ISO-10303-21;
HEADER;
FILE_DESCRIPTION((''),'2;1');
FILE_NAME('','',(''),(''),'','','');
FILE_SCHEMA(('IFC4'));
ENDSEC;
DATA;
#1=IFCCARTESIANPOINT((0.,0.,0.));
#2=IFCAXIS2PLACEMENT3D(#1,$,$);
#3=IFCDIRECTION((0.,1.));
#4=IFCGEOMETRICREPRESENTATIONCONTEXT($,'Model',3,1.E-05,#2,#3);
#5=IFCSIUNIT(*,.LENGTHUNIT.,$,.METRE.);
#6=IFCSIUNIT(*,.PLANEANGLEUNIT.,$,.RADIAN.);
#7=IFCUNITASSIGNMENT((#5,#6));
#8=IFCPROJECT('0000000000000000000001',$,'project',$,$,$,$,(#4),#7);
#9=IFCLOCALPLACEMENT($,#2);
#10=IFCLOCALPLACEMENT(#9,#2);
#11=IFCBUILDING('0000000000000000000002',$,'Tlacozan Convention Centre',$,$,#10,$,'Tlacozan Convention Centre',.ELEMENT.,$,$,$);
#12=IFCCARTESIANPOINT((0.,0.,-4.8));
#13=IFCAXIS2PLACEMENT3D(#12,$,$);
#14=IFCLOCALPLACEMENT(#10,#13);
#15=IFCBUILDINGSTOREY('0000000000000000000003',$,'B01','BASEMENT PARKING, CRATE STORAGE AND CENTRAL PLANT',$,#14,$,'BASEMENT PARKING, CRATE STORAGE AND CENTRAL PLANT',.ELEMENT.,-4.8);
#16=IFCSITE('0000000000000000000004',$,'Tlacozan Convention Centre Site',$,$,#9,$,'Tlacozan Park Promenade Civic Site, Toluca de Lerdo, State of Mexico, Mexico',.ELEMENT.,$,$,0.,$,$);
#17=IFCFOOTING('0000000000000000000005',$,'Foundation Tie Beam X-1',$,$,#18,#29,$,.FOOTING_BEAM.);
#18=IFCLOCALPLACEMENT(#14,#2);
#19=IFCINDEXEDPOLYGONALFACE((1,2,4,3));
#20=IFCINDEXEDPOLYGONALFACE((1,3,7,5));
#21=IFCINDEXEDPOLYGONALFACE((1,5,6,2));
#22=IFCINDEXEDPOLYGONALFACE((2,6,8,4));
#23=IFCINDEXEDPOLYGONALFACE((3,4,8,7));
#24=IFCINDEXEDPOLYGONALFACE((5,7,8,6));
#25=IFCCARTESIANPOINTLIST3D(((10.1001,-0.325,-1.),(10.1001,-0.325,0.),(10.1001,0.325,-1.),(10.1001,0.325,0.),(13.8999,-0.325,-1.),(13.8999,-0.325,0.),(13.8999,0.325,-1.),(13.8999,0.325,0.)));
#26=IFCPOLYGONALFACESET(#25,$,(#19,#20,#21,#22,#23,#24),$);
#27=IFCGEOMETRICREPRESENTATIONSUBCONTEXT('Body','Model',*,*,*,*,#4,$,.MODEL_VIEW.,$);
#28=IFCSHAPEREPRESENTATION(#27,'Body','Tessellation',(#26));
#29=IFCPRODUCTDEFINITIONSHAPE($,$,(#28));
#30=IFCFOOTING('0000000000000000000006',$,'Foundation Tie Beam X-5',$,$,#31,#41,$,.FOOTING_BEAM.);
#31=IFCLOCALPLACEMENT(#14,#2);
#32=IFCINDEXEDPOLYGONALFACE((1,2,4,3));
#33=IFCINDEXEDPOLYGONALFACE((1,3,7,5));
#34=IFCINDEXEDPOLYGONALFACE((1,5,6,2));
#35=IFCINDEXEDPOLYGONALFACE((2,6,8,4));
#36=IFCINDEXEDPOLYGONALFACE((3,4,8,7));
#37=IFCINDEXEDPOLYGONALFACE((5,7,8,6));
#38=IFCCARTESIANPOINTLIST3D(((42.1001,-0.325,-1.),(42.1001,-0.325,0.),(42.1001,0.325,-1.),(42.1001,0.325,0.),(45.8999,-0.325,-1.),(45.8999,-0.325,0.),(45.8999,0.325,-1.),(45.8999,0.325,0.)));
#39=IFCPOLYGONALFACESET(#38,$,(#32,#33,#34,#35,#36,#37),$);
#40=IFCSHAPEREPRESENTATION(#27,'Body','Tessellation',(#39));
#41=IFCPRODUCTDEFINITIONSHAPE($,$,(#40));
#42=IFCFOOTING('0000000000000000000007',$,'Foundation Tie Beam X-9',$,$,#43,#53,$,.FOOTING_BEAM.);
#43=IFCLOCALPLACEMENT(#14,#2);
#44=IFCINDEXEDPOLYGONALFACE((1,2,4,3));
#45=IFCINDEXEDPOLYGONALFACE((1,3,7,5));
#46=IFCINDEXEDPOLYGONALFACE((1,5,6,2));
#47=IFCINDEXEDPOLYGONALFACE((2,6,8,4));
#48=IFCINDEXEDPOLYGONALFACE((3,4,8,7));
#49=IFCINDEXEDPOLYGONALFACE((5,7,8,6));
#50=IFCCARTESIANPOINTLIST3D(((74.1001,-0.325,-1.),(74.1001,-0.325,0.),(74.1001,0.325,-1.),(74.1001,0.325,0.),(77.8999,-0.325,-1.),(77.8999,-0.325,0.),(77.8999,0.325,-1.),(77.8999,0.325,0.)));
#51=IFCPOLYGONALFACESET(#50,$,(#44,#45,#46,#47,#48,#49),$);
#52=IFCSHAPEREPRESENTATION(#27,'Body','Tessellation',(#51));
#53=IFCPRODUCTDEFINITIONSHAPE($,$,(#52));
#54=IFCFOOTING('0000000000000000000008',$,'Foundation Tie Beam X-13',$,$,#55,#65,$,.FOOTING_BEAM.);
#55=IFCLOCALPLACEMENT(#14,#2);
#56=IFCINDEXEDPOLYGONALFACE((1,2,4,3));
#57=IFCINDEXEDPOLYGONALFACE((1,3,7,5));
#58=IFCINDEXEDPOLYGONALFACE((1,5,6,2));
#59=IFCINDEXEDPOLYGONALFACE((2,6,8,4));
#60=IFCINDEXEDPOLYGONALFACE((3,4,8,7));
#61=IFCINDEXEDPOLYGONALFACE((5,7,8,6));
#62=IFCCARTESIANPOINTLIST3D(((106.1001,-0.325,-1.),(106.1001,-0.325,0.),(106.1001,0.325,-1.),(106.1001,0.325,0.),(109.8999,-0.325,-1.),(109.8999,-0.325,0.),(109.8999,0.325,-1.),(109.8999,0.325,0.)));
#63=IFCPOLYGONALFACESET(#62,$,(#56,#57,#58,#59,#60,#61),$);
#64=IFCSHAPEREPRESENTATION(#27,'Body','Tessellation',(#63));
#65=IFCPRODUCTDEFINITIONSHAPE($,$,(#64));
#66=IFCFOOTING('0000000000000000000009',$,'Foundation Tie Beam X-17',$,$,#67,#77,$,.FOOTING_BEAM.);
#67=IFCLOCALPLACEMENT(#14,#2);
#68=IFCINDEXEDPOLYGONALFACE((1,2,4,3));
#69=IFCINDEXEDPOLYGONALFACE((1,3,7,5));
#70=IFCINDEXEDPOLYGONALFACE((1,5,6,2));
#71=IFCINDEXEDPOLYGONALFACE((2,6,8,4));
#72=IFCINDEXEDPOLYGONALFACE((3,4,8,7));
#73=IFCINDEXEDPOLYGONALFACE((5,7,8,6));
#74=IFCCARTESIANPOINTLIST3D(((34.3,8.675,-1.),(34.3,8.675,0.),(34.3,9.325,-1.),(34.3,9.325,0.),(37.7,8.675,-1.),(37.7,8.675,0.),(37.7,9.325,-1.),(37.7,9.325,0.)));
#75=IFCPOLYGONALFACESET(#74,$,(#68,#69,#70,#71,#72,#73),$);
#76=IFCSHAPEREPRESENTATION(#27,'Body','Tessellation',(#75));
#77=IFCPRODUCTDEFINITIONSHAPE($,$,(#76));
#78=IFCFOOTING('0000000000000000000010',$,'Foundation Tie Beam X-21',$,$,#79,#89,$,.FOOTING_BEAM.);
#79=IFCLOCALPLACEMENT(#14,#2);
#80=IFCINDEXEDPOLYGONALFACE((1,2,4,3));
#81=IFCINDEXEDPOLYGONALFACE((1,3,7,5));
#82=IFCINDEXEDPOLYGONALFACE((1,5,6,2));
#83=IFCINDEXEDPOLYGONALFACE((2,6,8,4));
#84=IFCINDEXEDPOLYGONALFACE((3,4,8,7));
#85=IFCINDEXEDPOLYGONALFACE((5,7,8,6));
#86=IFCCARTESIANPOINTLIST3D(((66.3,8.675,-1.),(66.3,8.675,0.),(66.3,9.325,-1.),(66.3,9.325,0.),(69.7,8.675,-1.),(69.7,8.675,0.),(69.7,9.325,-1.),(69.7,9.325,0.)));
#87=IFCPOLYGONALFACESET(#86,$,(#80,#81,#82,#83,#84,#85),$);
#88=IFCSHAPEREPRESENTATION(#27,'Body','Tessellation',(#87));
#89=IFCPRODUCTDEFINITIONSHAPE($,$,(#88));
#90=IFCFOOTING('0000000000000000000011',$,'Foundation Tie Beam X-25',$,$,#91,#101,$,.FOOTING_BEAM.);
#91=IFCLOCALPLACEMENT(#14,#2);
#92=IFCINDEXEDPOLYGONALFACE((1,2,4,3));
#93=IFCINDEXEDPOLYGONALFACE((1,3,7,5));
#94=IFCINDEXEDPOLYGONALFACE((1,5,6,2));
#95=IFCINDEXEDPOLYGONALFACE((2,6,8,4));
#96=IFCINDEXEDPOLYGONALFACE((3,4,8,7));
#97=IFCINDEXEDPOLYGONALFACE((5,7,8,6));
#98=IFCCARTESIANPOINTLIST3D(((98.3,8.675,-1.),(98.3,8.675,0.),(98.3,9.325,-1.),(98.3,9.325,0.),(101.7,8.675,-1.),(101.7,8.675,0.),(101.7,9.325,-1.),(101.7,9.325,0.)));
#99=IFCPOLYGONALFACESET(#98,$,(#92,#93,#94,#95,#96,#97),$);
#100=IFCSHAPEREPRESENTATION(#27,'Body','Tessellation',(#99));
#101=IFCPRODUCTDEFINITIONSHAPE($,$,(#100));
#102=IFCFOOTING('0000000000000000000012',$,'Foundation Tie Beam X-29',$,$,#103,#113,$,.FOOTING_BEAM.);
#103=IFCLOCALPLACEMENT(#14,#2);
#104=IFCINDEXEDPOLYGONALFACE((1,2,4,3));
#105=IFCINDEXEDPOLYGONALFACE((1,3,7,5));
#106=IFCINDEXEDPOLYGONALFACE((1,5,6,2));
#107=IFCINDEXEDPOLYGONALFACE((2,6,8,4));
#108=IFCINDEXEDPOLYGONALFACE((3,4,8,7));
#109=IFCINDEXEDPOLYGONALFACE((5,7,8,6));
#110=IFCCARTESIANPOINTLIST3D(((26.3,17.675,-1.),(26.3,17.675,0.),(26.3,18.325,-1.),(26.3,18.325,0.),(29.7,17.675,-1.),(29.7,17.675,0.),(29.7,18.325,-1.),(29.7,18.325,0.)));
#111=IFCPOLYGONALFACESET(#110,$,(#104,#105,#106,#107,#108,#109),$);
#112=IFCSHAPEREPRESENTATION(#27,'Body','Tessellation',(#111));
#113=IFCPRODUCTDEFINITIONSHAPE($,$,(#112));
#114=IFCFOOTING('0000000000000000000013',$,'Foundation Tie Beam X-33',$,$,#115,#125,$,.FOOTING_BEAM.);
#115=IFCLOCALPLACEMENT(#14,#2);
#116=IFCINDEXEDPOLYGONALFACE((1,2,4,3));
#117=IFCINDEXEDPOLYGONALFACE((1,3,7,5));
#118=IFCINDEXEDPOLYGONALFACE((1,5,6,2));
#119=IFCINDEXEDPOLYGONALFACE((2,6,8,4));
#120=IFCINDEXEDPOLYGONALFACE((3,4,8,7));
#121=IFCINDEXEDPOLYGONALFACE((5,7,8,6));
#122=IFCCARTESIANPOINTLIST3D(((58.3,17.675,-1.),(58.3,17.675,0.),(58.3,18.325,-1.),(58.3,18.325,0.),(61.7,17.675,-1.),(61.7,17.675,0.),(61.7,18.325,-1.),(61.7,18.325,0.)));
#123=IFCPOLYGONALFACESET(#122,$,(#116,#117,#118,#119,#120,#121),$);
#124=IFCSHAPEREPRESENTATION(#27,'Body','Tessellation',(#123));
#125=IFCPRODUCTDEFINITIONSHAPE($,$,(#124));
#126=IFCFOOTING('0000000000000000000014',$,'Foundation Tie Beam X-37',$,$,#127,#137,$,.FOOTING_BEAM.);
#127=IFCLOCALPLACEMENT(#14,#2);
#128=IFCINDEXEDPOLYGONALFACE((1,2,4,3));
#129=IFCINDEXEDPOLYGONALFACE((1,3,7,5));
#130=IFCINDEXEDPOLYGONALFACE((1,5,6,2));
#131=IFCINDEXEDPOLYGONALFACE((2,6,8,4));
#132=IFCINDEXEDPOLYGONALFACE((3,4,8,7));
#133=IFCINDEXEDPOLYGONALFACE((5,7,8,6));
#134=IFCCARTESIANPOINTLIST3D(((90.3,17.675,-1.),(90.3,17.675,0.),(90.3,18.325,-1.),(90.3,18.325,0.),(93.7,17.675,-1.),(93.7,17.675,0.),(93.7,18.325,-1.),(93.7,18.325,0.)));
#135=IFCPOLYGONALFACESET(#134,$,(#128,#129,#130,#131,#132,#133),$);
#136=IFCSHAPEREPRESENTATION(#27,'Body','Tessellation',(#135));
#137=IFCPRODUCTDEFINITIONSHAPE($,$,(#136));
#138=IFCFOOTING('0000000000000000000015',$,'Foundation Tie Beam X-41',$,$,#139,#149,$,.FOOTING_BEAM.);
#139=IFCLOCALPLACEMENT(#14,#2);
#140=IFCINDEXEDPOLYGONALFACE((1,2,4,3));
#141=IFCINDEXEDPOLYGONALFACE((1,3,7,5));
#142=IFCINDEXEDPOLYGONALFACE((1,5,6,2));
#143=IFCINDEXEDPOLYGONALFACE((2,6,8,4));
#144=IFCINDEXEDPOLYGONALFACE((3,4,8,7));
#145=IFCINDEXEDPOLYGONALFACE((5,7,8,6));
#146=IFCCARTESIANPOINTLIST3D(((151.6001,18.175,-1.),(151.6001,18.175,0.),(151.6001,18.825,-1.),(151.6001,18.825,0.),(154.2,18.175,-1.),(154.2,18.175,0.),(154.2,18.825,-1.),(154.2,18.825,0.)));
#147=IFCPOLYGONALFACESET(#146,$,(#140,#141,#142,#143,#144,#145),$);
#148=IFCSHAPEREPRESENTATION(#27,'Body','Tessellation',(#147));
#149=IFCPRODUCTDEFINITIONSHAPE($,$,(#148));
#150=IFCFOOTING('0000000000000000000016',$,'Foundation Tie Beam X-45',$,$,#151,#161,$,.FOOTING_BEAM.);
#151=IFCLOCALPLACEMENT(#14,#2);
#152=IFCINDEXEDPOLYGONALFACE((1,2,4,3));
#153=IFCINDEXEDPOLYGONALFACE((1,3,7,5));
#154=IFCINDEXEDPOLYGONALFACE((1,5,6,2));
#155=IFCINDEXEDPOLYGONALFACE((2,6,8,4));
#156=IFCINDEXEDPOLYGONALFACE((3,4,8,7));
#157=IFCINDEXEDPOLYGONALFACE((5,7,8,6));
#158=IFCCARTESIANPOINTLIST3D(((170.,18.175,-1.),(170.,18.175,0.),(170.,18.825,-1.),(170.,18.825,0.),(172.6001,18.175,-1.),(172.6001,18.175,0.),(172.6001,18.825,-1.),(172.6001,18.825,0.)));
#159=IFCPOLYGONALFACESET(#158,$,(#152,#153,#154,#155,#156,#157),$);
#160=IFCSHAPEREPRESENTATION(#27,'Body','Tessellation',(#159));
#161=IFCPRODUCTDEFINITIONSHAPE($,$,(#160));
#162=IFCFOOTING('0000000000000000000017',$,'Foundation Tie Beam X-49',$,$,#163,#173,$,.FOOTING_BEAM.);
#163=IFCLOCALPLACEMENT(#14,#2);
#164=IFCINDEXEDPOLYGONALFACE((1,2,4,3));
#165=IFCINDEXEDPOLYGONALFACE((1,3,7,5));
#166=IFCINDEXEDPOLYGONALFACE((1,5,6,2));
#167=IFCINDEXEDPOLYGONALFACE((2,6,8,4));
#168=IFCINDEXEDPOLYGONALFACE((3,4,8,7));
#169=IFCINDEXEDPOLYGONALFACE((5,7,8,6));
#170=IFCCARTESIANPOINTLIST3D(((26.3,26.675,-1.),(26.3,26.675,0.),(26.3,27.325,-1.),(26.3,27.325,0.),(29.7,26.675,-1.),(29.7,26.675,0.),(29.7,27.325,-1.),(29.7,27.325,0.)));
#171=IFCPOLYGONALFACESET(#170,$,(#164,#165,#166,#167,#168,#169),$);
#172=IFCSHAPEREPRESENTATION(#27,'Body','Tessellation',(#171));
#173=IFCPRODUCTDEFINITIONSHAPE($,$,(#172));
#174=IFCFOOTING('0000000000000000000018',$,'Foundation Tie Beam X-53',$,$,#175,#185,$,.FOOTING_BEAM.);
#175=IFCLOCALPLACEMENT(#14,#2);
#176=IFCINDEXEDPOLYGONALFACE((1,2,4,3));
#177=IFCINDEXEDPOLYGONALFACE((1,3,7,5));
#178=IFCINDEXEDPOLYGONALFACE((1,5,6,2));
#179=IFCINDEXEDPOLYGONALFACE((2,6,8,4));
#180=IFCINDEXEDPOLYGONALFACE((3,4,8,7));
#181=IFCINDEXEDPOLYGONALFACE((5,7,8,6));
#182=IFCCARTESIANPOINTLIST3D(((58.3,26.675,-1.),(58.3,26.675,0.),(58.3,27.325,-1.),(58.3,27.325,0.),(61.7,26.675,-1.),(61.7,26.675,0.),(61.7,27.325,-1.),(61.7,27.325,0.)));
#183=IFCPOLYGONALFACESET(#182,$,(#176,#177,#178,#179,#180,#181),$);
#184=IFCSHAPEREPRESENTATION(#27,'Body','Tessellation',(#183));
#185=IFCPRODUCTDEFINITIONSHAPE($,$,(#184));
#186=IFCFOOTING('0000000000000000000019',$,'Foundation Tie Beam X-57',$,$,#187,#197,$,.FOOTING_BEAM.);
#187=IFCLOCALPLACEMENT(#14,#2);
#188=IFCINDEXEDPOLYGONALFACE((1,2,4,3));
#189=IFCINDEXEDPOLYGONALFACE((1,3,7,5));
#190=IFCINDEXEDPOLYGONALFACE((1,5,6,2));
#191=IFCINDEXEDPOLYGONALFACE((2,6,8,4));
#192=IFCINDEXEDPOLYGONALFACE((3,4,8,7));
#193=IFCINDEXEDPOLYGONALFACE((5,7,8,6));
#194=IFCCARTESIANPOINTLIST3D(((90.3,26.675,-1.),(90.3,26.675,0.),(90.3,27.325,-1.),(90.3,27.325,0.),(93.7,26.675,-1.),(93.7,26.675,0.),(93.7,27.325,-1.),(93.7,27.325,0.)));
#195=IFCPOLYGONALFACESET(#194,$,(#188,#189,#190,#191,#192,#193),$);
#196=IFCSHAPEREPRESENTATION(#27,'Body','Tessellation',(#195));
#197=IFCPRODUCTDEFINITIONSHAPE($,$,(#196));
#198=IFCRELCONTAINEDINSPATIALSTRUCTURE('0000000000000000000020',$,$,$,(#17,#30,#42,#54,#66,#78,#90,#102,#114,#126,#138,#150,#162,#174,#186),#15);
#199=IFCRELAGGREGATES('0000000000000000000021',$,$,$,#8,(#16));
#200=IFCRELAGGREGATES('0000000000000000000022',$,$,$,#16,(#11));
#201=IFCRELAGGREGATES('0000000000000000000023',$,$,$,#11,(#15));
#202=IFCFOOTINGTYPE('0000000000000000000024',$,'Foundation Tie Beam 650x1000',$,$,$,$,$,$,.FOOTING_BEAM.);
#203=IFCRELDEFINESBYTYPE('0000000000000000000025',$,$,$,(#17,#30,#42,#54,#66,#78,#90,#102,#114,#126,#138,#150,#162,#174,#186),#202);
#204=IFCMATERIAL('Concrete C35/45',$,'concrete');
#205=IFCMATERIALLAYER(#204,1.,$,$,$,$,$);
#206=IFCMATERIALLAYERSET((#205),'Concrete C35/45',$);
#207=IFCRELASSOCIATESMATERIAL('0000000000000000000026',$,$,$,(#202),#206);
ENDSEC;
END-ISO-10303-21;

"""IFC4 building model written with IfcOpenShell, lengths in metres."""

from ifc_helpers import new_model, si_unit, direction, frame, origin, place, context, subcontext, project, spatial, polyline, outline, extrude, material, layer, layer_set, type_object, element, save


model = new_model("IFC4")

# Units and contexts
model_context = context("Model", 3, precision=1e-05, world=origin(), true_north=direction((0.0, 1.0)))
body_context = subcontext(model_context, "Body", "Model", "MODEL_VIEW")
ifc_project = project(units=[si_unit("LENGTHUNIT", "METRE"), si_unit("PLANEANGLEUNIT", "RADIAN")], contexts=[model_context])

# Site, building, storey
site_placement = place(None, origin())
site = spatial("IfcSite", under=ifc_project, at=site_placement, Name="Tlacozan Convention Centre Site", LongName="Tlacozan Park Promenade Civic Site, Toluca de Lerdo, State of Mexico, Mexico", CompositionType="ELEMENT", RefElevation=0.0)
building_placement = place(site_placement, origin())
building = spatial("IfcBuilding", under=site, at=building_placement, Name="Tlacozan Convention Centre", LongName="Tlacozan Convention Centre", CompositionType="ELEMENT")
storey_placement = place(building_placement, frame((0.0, 0.0, -4.8)))
storey = spatial("IfcBuildingStorey", under=building, at=storey_placement, Name="B01", Description="BASEMENT PARKING, CRATE STORAGE AND CENTRAL PLANT", LongName="BASEMENT PARKING, CRATE STORAGE AND CENTRAL PLANT", CompositionType="ELEMENT", Elevation=-4.8)

# Footings
ifc_material = material(Name="Concrete C35/45", Category="concrete")
ifc_layer = layer(ifc_material, 1.0)
ifc_layer_set = layer_set([ifc_layer], Name="Concrete C35/45")
footing_type = type_object("IfcFootingType", Name="Foundation Tie Beam 650x1000", PredefinedType="FOOTING_BEAM", material=ifc_layer_set)
footing_1_placement = place(storey_placement, frame((0.0, 0.0, -1.0)))
element("IfcFooting", 1, at=footing_1_placement, inside=storey, type_object=footing_type, Name="Foundation Tie Beam X-1", PredefinedType="FOOTING_BEAM", context=body_context, shape_type="SweptSolid", body=[
    extrude(outline(polyline([(10.1001, -0.325), (13.8999, -0.325), (13.8999, 0.325), (10.1001, 0.325), (10.1001, -0.325)])), origin(), (0.0, 0.0, 1.0), 1.0),
])
footing_2_placement = place(storey_placement, frame((0.0, 0.0, -1.0)))
element("IfcFooting", 2, at=footing_2_placement, inside=storey, type_object=footing_type, Name="Foundation Tie Beam X-5", PredefinedType="FOOTING_BEAM", context=body_context, shape_type="SweptSolid", body=[
    extrude(outline(polyline([(42.1001, -0.325), (45.8999, -0.325), (45.8999, 0.325), (42.1001, 0.325), (42.1001, -0.325)])), origin(), (0.0, 0.0, 1.0), 1.0),
])
footing_3_placement = place(storey_placement, frame((0.0, 0.0, -1.0)))
element("IfcFooting", 3, at=footing_3_placement, inside=storey, type_object=footing_type, Name="Foundation Tie Beam X-9", PredefinedType="FOOTING_BEAM", context=body_context, shape_type="SweptSolid", body=[
    extrude(outline(polyline([(74.1001, -0.325), (77.8999, -0.325), (77.8999, 0.325), (74.1001, 0.325), (74.1001, -0.325)])), origin(), (0.0, 0.0, 1.0), 1.0),
])
footing_4_placement = place(storey_placement, frame((0.0, 0.0, -1.0)))
element("IfcFooting", 4, at=footing_4_placement, inside=storey, type_object=footing_type, Name="Foundation Tie Beam X-13", PredefinedType="FOOTING_BEAM", context=body_context, shape_type="SweptSolid", body=[
    extrude(outline(polyline([(106.1001, -0.325), (109.8999, -0.325), (109.8999, 0.325), (106.1001, 0.325), (106.1001, -0.325)])), origin(), (0.0, 0.0, 1.0), 1.0),
])
footing_5_placement = place(storey_placement, frame((0.0, 0.0, -1.0)))
element("IfcFooting", 5, at=footing_5_placement, inside=storey, type_object=footing_type, Name="Foundation Tie Beam X-17", PredefinedType="FOOTING_BEAM", context=body_context, shape_type="SweptSolid", body=[
    extrude(outline(polyline([(34.3, 8.675), (37.7, 8.675), (37.7, 9.325), (34.3, 9.325), (34.3, 8.675)])), origin(), (0.0, 0.0, 1.0), 1.0),
])
footing_6_placement = place(storey_placement, frame((0.0, 0.0, -1.0)))
element("IfcFooting", 6, at=footing_6_placement, inside=storey, type_object=footing_type, Name="Foundation Tie Beam X-21", PredefinedType="FOOTING_BEAM", context=body_context, shape_type="SweptSolid", body=[
    extrude(outline(polyline([(66.3, 8.675), (69.7, 8.675), (69.7, 9.325), (66.3, 9.325), (66.3, 8.675)])), origin(), (0.0, 0.0, 1.0), 1.0),
])
footing_7_placement = place(storey_placement, frame((0.0, 0.0, -1.0)))
element("IfcFooting", 7, at=footing_7_placement, inside=storey, type_object=footing_type, Name="Foundation Tie Beam X-25", PredefinedType="FOOTING_BEAM", context=body_context, shape_type="SweptSolid", body=[
    extrude(outline(polyline([(98.3, 8.675), (101.7, 8.675), (101.7, 9.325), (98.3, 9.325), (98.3, 8.675)])), origin(), (0.0, 0.0, 1.0), 1.0),
])
footing_8_placement = place(storey_placement, frame((0.0, 0.0, -1.0)))
element("IfcFooting", 8, at=footing_8_placement, inside=storey, type_object=footing_type, Name="Foundation Tie Beam X-29", PredefinedType="FOOTING_BEAM", context=body_context, shape_type="SweptSolid", body=[
    extrude(outline(polyline([(26.3, 17.675), (29.7, 17.675), (29.7, 18.325), (26.3, 18.325), (26.3, 17.675)])), origin(), (0.0, 0.0, 1.0), 1.0),
])
footing_9_placement = place(storey_placement, frame((0.0, 0.0, -1.0)))
element("IfcFooting", 9, at=footing_9_placement, inside=storey, type_object=footing_type, Name="Foundation Tie Beam X-33", PredefinedType="FOOTING_BEAM", context=body_context, shape_type="SweptSolid", body=[
    extrude(outline(polyline([(58.3, 17.675), (61.7, 17.675), (61.7, 18.325), (58.3, 18.325), (58.3, 17.675)])), origin(), (0.0, 0.0, 1.0), 1.0),
])
footing_10_placement = place(storey_placement, frame((0.0, 0.0, -1.0)))
element("IfcFooting", 10, at=footing_10_placement, inside=storey, type_object=footing_type, Name="Foundation Tie Beam X-37", PredefinedType="FOOTING_BEAM", context=body_context, shape_type="SweptSolid", body=[
    extrude(outline(polyline([(90.3, 17.675), (93.7, 17.675), (93.7, 18.325), (90.3, 18.325), (90.3, 17.675)])), origin(), (0.0, 0.0, 1.0), 1.0),
])
footing_11_placement = place(storey_placement, frame((0.0, 0.0, -1.0)))
element("IfcFooting", 11, at=footing_11_placement, inside=storey, type_object=footing_type, Name="Foundation Tie Beam X-41", PredefinedType="FOOTING_BEAM", context=body_context, shape_type="SweptSolid", body=[
    extrude(outline(polyline([(151.6001, 18.175), (154.2, 18.175), (154.2, 18.825), (151.6001, 18.825), (151.6001, 18.175)])), origin(), (0.0, 0.0, 1.0), 1.0),
])
footing_12_placement = place(storey_placement, frame((0.0, 0.0, -1.0)))
element("IfcFooting", 12, at=footing_12_placement, inside=storey, type_object=footing_type, Name="Foundation Tie Beam X-45", PredefinedType="FOOTING_BEAM", context=body_context, shape_type="SweptSolid", body=[
    extrude(outline(polyline([(170.0, 18.175), (172.6001, 18.175), (172.6001, 18.825), (170.0, 18.825), (170.0, 18.175)])), origin(), (0.0, 0.0, 1.0), 1.0),
])
footing_13_placement = place(storey_placement, frame((0.0, 0.0, -1.0)))
element("IfcFooting", 13, at=footing_13_placement, inside=storey, type_object=footing_type, Name="Foundation Tie Beam X-49", PredefinedType="FOOTING_BEAM", context=body_context, shape_type="SweptSolid", body=[
    extrude(outline(polyline([(26.3, 26.675), (29.7, 26.675), (29.7, 27.325), (26.3, 27.325), (26.3, 26.675)])), origin(), (0.0, 0.0, 1.0), 1.0),
])
footing_14_placement = place(storey_placement, frame((0.0, 0.0, -1.0)))
element("IfcFooting", 14, at=footing_14_placement, inside=storey, type_object=footing_type, Name="Foundation Tie Beam X-53", PredefinedType="FOOTING_BEAM", context=body_context, shape_type="SweptSolid", body=[
    extrude(outline(polyline([(58.3, 26.675), (61.7, 26.675), (61.7, 27.325), (58.3, 27.325), (58.3, 26.675)])), origin(), (0.0, 0.0, 1.0), 1.0),
])
footing_15_placement = place(storey_placement, frame((0.0, 0.0, -1.0)))
element("IfcFooting", 15, at=footing_15_placement, inside=storey, type_object=footing_type, Name="Foundation Tie Beam X-57", PredefinedType="FOOTING_BEAM", context=body_context, shape_type="SweptSolid", body=[
    extrude(outline(polyline([(90.3, 26.675), (93.7, 26.675), (93.7, 27.325), (90.3, 27.325), (90.3, 26.675)])), origin(), (0.0, 0.0, 1.0), 1.0),
])

save(model, "model.ifc")
